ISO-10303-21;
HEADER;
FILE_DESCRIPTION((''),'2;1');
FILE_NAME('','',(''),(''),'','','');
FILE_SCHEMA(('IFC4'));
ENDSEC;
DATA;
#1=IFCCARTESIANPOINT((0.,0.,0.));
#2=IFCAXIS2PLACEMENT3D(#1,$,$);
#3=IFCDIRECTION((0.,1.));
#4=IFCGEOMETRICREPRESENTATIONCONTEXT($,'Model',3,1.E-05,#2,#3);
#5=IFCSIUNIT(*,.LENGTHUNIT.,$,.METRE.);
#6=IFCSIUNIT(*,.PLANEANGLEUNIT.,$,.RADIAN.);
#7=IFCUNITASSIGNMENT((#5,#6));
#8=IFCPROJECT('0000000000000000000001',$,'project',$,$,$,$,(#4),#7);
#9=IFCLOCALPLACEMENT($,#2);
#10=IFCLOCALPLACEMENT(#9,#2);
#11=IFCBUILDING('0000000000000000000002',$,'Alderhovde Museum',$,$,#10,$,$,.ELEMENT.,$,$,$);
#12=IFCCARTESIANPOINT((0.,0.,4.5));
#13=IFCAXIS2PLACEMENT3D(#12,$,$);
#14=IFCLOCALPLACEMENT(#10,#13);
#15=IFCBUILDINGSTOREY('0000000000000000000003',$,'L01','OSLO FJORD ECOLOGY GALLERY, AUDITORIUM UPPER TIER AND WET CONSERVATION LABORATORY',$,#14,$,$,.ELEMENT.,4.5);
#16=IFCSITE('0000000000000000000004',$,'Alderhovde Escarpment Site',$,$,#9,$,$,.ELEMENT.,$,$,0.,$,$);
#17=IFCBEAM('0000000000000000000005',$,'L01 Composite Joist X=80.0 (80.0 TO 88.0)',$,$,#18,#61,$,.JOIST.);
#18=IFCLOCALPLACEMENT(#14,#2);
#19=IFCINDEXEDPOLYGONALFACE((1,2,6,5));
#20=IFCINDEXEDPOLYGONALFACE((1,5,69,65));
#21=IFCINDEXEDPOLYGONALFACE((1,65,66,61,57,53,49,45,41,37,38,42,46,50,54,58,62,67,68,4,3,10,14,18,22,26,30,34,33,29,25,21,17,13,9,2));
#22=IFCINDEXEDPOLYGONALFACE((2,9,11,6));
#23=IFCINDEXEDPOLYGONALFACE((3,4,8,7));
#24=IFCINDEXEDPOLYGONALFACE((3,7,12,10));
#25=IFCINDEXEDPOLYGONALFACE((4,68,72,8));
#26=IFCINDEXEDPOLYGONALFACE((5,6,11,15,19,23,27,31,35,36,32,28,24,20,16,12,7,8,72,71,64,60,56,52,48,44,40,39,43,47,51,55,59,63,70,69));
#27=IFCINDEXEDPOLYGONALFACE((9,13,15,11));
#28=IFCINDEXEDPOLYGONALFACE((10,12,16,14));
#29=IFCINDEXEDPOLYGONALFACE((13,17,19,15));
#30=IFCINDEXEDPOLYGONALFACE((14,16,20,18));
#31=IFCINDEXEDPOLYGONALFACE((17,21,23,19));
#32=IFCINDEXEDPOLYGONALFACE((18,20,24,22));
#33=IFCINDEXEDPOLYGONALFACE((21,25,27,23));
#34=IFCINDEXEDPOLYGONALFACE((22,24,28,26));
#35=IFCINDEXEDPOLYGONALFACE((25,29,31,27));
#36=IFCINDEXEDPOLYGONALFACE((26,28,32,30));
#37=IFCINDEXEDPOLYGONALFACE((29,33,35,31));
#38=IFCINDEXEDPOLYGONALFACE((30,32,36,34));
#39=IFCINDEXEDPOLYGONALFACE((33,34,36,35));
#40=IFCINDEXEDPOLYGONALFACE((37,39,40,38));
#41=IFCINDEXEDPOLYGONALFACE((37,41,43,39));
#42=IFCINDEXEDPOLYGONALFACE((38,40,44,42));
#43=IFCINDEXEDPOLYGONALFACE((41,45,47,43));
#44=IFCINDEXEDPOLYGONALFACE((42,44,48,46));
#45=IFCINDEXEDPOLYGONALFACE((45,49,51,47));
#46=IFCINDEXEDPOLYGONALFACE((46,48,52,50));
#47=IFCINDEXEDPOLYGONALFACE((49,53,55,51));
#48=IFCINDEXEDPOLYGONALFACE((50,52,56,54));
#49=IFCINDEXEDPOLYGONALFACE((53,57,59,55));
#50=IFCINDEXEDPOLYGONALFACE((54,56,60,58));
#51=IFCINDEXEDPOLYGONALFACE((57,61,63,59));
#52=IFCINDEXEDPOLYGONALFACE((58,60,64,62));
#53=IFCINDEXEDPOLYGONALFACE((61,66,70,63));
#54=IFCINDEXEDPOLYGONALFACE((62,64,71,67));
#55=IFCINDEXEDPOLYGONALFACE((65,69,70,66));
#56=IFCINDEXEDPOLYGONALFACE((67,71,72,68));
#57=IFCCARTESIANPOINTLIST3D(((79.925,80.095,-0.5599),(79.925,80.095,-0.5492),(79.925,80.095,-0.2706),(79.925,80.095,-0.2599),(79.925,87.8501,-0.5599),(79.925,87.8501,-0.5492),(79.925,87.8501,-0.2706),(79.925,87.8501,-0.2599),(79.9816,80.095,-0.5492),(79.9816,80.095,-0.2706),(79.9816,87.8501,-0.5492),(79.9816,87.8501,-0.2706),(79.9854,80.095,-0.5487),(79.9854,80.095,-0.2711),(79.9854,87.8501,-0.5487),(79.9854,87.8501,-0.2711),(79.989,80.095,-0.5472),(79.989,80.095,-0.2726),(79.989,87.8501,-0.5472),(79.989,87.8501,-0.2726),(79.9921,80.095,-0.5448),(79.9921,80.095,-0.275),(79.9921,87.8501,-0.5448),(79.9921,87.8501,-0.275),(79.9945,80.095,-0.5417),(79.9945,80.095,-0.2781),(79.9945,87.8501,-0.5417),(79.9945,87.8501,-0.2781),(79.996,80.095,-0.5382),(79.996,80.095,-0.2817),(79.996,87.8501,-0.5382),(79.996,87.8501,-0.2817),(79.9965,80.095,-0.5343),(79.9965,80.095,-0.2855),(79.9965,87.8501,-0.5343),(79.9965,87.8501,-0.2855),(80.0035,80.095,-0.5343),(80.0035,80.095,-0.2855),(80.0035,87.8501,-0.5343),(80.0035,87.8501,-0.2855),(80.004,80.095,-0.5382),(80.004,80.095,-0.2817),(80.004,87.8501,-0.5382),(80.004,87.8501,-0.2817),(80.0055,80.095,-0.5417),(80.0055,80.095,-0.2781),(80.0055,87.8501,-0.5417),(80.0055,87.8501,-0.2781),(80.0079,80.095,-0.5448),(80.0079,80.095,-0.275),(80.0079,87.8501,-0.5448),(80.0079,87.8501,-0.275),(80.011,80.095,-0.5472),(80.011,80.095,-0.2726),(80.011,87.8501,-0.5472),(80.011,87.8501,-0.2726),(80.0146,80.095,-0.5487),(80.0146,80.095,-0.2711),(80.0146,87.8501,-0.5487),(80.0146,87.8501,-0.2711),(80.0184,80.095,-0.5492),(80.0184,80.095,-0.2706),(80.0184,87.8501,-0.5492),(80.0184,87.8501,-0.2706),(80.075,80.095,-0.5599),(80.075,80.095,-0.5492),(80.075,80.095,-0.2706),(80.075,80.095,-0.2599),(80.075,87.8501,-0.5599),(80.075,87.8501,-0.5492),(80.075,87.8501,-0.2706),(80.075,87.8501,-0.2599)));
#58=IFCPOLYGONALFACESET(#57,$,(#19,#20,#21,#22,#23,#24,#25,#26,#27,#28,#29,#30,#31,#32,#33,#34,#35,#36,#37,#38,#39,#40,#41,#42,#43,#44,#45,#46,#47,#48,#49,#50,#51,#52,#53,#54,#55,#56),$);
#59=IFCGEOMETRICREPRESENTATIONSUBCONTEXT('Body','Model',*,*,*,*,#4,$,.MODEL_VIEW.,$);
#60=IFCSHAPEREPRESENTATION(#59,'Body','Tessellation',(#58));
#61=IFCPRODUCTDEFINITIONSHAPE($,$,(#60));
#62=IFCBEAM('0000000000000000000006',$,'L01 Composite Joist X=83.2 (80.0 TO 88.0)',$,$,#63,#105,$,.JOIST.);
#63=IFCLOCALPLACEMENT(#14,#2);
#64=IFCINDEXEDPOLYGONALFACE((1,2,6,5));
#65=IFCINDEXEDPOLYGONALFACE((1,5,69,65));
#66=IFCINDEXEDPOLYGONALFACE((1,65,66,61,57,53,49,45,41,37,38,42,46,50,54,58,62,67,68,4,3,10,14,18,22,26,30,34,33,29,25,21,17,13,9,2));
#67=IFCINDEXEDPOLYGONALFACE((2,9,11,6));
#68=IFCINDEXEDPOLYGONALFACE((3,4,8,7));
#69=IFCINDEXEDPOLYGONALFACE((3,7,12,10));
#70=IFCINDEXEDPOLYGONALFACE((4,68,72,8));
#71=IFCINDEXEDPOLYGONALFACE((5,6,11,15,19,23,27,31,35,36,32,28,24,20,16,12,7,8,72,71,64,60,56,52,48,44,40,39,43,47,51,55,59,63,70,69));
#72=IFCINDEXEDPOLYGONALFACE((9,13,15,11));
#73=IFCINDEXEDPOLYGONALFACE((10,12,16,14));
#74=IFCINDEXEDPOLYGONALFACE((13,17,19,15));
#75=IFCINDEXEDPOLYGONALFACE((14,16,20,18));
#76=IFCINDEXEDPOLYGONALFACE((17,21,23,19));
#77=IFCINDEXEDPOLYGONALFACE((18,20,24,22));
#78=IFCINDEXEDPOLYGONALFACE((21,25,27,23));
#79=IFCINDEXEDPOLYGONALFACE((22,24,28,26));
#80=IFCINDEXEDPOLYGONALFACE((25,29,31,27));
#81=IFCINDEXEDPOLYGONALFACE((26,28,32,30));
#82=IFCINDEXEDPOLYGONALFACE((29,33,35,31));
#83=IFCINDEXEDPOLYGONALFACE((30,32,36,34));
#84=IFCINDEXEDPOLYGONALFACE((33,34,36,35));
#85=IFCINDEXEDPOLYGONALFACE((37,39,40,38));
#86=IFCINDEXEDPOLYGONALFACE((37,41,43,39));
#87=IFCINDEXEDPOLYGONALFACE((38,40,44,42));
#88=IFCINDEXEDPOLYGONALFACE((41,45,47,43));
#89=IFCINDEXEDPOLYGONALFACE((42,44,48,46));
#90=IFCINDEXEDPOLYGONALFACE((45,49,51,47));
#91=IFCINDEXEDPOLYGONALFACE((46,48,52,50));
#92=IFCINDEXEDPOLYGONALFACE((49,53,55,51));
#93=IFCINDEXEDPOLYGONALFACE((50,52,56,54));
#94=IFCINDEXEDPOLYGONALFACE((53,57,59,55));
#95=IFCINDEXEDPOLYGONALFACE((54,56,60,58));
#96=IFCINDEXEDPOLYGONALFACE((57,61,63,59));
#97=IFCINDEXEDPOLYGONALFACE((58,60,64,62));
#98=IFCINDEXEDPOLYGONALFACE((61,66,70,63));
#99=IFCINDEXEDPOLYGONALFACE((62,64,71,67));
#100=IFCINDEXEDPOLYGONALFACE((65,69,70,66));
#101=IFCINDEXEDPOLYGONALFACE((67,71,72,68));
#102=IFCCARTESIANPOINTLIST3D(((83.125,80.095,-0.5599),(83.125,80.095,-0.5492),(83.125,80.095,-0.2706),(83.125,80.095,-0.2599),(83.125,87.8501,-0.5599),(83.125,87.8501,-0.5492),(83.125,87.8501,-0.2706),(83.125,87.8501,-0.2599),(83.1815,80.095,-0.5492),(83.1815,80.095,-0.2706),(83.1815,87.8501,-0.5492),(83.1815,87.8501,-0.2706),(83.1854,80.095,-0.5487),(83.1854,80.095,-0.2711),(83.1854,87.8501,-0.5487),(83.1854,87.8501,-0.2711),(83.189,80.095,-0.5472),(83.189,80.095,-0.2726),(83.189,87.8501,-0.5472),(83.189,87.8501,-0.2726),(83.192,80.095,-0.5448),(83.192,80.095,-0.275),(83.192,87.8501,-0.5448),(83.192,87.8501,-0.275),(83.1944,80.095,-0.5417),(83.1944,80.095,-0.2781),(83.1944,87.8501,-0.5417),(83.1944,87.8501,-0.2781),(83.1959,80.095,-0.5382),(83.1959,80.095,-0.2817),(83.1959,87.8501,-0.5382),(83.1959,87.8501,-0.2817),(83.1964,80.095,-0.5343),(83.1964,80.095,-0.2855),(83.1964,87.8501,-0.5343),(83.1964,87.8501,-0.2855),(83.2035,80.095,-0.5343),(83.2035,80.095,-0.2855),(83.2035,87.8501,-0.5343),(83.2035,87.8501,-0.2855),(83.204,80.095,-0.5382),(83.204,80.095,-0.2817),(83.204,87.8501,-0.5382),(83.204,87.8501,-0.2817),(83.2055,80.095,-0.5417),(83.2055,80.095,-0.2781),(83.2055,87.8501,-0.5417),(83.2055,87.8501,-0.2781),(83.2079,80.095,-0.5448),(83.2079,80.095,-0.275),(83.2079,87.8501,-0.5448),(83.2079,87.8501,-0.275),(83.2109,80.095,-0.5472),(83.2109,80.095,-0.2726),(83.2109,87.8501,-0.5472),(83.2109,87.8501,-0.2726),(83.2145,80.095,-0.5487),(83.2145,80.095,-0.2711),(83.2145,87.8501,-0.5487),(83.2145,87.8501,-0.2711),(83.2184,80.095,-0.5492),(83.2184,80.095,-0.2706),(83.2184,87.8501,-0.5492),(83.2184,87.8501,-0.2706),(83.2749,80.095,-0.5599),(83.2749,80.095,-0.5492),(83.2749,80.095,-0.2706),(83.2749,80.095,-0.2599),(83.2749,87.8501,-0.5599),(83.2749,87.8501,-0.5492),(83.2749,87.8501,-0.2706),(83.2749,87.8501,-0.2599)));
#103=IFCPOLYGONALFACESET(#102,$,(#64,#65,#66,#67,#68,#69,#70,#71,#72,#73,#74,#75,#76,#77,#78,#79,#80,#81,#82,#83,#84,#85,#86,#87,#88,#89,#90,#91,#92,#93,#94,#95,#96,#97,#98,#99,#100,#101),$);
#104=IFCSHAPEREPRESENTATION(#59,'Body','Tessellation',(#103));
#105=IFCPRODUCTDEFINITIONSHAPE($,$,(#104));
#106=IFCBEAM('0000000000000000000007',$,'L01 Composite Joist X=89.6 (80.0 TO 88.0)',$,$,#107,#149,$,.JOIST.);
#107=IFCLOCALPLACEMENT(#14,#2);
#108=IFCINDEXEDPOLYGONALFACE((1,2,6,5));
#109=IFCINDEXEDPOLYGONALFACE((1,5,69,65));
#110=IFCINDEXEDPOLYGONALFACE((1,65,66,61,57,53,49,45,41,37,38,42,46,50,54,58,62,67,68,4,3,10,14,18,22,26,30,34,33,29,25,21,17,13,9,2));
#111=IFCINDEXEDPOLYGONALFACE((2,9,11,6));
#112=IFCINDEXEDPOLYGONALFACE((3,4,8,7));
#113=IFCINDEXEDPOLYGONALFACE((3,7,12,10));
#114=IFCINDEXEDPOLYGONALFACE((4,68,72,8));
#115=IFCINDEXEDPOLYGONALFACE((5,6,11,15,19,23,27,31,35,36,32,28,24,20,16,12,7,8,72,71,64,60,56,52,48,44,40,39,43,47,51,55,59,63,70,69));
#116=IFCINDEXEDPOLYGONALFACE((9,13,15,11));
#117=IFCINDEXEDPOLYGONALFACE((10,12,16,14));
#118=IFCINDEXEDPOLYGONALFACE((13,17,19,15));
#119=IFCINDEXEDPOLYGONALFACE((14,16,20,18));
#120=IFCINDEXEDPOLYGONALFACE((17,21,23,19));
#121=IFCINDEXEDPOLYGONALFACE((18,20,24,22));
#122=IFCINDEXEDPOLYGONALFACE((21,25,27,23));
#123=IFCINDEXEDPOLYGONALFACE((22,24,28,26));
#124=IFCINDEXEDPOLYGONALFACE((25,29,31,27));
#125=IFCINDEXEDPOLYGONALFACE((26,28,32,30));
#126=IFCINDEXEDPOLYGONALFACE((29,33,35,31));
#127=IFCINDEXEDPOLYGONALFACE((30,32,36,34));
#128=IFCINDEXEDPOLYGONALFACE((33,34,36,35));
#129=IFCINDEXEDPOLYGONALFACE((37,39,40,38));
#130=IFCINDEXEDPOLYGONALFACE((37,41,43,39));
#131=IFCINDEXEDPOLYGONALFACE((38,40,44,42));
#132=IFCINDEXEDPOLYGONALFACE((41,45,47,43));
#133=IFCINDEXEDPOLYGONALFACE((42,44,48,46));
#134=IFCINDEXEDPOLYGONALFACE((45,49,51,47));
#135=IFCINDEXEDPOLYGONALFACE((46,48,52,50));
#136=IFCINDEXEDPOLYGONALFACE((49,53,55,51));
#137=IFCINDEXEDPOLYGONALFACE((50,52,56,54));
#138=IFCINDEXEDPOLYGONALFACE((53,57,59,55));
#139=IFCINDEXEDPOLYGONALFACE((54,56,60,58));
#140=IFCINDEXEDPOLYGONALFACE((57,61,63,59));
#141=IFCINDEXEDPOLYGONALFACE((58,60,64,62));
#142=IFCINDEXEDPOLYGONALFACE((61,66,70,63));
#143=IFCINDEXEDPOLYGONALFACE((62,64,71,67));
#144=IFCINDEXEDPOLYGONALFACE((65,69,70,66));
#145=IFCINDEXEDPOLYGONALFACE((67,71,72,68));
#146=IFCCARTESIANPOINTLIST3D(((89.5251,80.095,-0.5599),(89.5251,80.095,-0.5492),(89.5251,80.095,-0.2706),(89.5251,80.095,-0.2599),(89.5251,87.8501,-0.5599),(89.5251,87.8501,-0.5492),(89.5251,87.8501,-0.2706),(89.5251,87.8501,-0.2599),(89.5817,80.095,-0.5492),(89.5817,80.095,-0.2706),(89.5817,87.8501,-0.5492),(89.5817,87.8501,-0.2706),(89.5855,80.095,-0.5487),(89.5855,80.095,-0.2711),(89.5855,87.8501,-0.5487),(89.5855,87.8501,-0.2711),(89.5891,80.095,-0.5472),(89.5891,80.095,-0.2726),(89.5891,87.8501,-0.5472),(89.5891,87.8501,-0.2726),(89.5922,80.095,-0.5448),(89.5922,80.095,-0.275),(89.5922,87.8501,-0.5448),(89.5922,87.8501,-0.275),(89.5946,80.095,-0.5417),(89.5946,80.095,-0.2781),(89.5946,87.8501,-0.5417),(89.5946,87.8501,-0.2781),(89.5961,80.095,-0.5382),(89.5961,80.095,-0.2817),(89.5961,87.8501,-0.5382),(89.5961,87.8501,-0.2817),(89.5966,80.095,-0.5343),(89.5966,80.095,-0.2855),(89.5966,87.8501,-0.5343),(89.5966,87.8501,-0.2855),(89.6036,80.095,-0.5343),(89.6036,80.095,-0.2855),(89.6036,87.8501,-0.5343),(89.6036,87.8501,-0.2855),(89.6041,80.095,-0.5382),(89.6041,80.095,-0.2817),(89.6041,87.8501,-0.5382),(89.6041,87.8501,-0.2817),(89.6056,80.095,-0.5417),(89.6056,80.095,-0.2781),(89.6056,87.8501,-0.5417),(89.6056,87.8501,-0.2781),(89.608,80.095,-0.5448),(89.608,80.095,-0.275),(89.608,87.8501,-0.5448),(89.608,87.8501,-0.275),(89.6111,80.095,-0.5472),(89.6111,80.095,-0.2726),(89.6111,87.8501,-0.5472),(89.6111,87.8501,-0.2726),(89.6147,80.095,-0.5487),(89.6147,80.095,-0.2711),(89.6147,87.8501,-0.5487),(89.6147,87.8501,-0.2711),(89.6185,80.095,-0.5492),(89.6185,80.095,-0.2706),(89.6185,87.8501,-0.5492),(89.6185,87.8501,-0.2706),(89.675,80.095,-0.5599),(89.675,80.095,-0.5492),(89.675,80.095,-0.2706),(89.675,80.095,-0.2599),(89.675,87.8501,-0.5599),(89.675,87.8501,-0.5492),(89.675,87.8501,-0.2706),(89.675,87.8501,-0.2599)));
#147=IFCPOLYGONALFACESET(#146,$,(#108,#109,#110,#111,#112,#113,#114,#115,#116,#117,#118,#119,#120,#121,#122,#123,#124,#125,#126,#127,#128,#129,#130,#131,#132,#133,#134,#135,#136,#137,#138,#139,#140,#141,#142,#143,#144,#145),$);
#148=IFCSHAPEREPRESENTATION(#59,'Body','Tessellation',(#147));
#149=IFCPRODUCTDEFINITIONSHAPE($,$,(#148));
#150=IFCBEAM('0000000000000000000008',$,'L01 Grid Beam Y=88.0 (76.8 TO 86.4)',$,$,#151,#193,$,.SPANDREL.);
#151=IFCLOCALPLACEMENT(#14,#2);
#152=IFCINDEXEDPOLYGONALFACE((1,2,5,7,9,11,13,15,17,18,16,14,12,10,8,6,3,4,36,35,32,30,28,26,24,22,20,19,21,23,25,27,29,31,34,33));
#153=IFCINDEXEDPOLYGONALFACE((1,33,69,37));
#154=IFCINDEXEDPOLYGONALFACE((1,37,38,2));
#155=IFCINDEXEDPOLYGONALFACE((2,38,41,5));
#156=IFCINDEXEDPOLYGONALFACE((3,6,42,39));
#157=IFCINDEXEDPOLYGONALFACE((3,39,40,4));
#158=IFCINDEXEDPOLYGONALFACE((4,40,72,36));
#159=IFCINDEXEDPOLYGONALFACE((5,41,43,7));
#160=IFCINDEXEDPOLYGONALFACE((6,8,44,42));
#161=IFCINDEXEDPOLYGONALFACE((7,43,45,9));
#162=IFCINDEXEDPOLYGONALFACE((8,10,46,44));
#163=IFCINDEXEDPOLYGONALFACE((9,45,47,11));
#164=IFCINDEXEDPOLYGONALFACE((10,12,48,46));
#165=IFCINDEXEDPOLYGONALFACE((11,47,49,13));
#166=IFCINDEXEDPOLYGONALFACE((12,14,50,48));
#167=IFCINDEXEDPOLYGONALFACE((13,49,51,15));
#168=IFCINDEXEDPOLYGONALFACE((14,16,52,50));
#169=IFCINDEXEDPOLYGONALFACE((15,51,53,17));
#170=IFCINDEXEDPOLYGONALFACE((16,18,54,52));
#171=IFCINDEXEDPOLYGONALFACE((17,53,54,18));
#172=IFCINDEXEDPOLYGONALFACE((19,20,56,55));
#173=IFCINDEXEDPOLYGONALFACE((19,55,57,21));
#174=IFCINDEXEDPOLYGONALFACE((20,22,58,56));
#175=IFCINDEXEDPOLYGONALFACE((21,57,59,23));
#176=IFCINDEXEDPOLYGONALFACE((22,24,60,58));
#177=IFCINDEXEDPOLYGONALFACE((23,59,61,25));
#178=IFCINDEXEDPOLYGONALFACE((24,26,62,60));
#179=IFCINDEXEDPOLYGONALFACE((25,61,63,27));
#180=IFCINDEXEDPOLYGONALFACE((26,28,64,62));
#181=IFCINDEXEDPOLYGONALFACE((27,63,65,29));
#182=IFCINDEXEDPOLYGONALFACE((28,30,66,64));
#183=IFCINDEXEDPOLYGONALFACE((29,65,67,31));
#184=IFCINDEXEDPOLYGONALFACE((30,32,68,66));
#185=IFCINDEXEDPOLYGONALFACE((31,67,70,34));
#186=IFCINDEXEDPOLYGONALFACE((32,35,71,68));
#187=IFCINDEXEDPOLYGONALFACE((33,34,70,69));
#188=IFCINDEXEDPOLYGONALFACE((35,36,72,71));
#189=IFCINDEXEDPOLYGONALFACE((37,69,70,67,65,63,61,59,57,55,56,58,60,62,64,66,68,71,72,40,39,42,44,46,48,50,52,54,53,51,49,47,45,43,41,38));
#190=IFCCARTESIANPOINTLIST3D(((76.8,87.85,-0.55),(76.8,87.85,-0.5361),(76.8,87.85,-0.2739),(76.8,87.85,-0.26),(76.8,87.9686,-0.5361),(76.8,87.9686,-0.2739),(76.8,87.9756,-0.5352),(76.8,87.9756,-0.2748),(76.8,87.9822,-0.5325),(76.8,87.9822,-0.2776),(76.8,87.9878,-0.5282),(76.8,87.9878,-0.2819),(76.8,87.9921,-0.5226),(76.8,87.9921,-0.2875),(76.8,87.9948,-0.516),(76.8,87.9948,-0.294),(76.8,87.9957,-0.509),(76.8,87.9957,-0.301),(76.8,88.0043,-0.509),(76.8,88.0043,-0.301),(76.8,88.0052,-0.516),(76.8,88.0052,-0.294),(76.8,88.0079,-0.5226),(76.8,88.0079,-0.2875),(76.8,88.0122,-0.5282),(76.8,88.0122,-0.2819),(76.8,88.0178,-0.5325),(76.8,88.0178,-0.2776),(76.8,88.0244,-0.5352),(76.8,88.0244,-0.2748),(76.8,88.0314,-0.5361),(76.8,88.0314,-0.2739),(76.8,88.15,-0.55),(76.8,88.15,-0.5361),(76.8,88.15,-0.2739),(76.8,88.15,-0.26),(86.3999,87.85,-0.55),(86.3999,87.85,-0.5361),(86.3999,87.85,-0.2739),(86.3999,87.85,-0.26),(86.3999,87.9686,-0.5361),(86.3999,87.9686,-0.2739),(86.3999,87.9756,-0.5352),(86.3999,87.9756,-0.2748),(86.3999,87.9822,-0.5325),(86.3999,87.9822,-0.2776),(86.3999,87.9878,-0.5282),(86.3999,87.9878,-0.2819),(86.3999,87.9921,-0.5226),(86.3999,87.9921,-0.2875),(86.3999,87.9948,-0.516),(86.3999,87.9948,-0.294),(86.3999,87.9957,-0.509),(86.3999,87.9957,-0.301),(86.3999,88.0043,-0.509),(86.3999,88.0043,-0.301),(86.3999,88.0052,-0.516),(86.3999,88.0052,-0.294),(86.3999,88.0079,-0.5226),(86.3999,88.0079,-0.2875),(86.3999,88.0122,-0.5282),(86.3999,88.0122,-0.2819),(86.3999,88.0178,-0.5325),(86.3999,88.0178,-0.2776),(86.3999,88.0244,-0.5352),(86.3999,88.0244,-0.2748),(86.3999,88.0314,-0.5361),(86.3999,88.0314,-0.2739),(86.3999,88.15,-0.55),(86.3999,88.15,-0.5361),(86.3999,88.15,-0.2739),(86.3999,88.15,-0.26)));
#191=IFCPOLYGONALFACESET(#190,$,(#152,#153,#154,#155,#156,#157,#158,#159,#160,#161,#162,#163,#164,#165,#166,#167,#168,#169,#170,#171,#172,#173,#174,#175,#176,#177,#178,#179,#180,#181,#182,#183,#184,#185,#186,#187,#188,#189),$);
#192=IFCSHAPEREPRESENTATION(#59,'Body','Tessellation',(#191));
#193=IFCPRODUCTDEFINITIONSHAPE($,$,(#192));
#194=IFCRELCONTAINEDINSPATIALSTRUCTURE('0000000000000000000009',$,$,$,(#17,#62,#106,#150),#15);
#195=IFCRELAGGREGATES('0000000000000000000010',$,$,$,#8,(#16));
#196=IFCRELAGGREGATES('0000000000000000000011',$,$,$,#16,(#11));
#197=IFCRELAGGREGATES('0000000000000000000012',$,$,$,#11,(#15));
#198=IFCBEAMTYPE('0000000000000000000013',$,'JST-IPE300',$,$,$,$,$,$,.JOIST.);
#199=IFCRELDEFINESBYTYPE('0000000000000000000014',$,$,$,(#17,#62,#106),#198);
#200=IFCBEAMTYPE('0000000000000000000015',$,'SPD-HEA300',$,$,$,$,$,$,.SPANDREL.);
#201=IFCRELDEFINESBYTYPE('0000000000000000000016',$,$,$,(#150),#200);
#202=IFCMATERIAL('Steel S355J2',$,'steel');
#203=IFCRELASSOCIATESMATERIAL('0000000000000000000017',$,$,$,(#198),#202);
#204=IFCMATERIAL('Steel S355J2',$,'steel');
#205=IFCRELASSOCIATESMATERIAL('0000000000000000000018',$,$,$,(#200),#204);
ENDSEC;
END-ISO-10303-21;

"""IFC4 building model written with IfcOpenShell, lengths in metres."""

from ifc_helpers import new_model, si_unit, direction, frame, origin, origin_2d, place, context, subcontext, project, spatial, i_section, extrude, material, material_profile, profile_set, type_object, element, save


model = new_model("IFC4")

# Units and contexts
model_context = context("Model", 3, precision=1e-05, world=origin(), true_north=direction((0.0, 1.0)))
body_context = subcontext(model_context, "Body", "Model", "MODEL_VIEW")
ifc_project = project(units=[si_unit("LENGTHUNIT", "METRE"), si_unit("PLANEANGLEUNIT", "RADIAN")], contexts=[model_context])

# Site, building, storey
site_placement = place(None, origin())
site = spatial("IfcSite", under=ifc_project, at=site_placement, Name="Alderhovde Escarpment Site", CompositionType="ELEMENT", RefElevation=0.0)
building_placement = place(site_placement, origin())
building = spatial("IfcBuilding", under=site, at=building_placement, Name="Alderhovde Museum", CompositionType="ELEMENT")
storey_placement = place(building_placement, frame((0.0, 0.0, 4.5)))
storey = spatial("IfcBuildingStorey", under=building, at=storey_placement, Name="L01", Description="OSLO FJORD ECOLOGY GALLERY, AUDITORIUM UPPER TIER AND WET CONSERVATION LABORATORY", CompositionType="ELEMENT", Elevation=4.5)

# Beams
ifc_material_1 = material(Name="Steel S355J2", Category="steel")
ifc_material_profile_1 = material_profile(ifc_material_1, i_section(OverallWidth=0.1499, OverallDepth=0.3, WebThickness=0.0071, FlangeThickness=0.0107, FilletRadius=0.0149, at=origin_2d()), Name="IPE 300")
ifc_profile_set_1 = profile_set([ifc_material_profile_1], Name="Steel S355J2")
beam_type_1 = type_object("IfcBeamType", Name="JST-IPE300", PredefinedType="JOIST", material=ifc_profile_set_1)
for number, where, z_axis, x_axis, name in (
    (1, (80.0, 80.095, -0.4099), (0.0, 1.0, 0.0), (-1.0, 0.0, 0.0), "L01 Composite Joist X=80.0 (80.0 TO 88.0)"),
    (2, (83.2, 80.095, -0.4099), (0.0, 1.0, 0.0), (-1.0, 0.0, 0.0), "L01 Composite Joist X=83.2 (80.0 TO 88.0)"),
    (3, (89.6001, 80.095, -0.4099), (0.0, 1.0, 0.0), (-1.0, 0.0, 0.0), "L01 Composite Joist X=89.6 (80.0 TO 88.0)"),
):
    element("IfcBeam", number, at=place(storey_placement, frame(where, z_axis=z_axis, x_axis=x_axis)), inside=storey, type_object=beam_type_1, Name=name, PredefinedType="JOIST", context=body_context, shape_type="SweptSolid", body=[
        extrude(i_section(OverallWidth=0.1499, OverallDepth=0.3, WebThickness=0.0071, FlangeThickness=0.0107, FilletRadius=0.0149, at=origin_2d()), origin(), (0.0, 0.0, 1.0), 7.7551),
    ])
ifc_material_2 = material(Name="Steel S355J2", Category="steel")
ifc_material_profile_2 = material_profile(ifc_material_2, i_section(OverallWidth=0.3, OverallDepth=0.29, WebThickness=0.0085, FlangeThickness=0.0139, FilletRadius=0.0271, at=origin_2d()), Name="HEA 300")
ifc_profile_set_2 = profile_set([ifc_material_profile_2], Name="Steel S355J2")
beam_type_2 = type_object("IfcBeamType", Name="SPD-HEA300", PredefinedType="SPANDREL", material=ifc_profile_set_2)
beam_1_placement = place(storey_placement, frame((76.8, 88.0, -0.405), z_axis=(1.0, 0.0, 0.0), x_axis=(0.0, 1.0, 0.0)))
element("IfcBeam", 4, at=beam_1_placement, inside=storey, type_object=beam_type_2, Name="L01 Grid Beam Y=88.0 (76.8 TO 86.4)", PredefinedType="SPANDREL", context=body_context, shape_type="SweptSolid", body=[
    extrude(i_section(OverallWidth=0.3, OverallDepth=0.29, WebThickness=0.0085, FlangeThickness=0.0139, FilletRadius=0.0271, at=origin_2d()), origin(), (0.0, 0.0, 1.0), 9.5999),
])

save(model, "model.ifc")
